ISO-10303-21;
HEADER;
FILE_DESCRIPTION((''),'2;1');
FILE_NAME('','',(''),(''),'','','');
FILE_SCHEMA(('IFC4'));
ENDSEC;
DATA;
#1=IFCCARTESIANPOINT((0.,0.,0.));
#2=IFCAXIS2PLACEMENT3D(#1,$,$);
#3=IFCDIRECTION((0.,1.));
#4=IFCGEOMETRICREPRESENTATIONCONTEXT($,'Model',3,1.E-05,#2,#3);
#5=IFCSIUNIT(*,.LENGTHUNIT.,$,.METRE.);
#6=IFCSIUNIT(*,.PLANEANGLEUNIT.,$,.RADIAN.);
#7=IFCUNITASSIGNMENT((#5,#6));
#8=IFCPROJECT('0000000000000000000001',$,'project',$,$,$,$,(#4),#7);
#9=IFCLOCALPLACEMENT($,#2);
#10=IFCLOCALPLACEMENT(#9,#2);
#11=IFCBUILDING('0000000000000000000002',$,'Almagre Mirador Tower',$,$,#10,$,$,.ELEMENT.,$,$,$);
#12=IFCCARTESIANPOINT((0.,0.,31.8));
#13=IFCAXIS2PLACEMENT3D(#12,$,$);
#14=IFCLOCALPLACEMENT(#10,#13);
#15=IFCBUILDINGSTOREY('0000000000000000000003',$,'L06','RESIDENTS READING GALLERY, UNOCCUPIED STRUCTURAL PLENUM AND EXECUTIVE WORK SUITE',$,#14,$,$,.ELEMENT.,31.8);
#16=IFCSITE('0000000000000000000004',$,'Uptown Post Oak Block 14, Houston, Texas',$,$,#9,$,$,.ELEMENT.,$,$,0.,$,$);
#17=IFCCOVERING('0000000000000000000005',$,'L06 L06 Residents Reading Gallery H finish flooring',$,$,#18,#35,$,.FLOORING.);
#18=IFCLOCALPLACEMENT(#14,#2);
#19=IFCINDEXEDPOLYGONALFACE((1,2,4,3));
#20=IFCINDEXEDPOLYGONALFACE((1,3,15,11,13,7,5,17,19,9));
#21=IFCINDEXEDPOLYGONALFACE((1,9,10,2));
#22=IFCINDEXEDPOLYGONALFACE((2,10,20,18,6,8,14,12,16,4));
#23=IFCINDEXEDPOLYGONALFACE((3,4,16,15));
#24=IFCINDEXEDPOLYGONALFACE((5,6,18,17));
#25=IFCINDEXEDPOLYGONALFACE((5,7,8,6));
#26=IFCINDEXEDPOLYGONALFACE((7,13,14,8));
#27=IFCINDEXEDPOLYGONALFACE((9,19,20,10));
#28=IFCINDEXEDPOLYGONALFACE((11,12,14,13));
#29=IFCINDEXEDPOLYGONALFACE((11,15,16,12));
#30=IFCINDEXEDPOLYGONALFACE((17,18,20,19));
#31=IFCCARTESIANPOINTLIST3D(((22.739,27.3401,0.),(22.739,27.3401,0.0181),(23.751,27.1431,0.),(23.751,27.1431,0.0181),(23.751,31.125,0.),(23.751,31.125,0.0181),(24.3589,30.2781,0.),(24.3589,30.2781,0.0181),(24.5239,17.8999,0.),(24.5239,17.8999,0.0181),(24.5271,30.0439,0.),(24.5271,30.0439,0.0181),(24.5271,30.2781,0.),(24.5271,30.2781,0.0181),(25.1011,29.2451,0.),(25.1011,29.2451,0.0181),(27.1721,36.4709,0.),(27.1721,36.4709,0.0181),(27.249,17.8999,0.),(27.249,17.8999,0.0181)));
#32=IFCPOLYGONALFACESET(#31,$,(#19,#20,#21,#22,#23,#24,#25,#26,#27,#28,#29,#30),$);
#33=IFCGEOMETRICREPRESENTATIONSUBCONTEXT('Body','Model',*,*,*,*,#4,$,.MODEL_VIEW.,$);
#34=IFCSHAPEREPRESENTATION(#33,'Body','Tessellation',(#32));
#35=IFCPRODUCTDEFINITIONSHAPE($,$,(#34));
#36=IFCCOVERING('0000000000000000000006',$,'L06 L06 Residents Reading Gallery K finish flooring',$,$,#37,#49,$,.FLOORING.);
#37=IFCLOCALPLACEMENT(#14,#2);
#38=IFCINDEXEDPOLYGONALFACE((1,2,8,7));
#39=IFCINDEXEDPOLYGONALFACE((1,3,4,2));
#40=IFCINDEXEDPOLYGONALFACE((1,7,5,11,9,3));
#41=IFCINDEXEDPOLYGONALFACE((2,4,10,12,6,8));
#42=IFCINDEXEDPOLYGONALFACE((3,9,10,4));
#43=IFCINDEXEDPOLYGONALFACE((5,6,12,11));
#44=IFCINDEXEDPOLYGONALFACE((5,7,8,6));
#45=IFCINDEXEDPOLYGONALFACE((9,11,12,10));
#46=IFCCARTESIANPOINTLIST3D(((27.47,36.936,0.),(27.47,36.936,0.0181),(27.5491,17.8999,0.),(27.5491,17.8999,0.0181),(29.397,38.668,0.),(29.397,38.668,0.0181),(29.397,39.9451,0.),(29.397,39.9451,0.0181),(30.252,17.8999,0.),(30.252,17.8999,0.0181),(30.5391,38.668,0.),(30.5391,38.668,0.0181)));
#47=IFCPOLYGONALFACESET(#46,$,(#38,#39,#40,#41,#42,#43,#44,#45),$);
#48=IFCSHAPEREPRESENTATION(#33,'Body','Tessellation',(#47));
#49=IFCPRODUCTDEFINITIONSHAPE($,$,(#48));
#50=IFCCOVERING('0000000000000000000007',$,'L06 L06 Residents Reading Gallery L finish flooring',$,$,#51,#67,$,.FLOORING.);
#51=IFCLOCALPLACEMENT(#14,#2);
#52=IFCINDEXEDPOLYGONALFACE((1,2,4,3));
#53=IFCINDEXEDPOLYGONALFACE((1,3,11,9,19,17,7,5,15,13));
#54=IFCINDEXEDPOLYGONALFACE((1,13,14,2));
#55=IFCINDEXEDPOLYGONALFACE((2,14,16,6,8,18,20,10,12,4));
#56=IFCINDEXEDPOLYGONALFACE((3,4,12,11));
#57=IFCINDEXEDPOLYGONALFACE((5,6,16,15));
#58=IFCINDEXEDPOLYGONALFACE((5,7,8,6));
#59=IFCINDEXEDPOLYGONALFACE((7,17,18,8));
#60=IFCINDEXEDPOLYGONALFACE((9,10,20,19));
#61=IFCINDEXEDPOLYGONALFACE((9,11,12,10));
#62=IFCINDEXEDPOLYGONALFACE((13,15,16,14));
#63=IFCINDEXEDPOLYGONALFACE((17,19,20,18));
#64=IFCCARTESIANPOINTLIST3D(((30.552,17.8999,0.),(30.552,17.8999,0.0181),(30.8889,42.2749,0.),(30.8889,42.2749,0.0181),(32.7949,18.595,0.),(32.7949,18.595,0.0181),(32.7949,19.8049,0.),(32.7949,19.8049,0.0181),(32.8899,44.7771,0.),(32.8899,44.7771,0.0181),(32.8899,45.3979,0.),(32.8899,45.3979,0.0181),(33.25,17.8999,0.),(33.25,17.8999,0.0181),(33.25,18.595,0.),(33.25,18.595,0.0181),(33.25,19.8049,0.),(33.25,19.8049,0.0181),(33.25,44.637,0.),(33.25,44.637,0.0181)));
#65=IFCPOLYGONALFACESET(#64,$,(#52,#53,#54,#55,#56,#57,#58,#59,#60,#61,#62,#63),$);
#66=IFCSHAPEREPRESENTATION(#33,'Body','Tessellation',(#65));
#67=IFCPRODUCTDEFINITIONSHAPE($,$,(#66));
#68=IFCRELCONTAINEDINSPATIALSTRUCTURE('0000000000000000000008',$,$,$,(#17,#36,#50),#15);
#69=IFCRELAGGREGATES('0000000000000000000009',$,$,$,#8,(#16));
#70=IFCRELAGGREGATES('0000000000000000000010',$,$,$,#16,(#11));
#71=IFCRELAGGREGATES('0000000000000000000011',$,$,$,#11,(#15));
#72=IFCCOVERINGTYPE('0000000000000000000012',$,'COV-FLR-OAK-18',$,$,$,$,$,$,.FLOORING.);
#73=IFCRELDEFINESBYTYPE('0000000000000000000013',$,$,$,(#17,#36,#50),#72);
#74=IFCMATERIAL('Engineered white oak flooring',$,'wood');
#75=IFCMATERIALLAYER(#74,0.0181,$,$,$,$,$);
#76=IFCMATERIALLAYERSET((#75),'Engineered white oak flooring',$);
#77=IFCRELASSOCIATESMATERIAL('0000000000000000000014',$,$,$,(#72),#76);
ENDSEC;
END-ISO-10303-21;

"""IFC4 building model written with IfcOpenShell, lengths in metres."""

from ifc_helpers import new_model, si_unit, direction, frame, origin, place, context, subcontext, project, spatial, polyline, outline, extrude, material, layer, layer_set, type_object, element, save


model = new_model("IFC4")

# Units and contexts
model_context = context("Model", 3, precision=1e-05, world=origin(), true_north=direction((0.0, 1.0)))
body_context = subcontext(model_context, "Body", "Model", "MODEL_VIEW")
ifc_project = project(units=[si_unit("LENGTHUNIT", "METRE"), si_unit("PLANEANGLEUNIT", "RADIAN")], contexts=[model_context])

# Site, building, storey
site_placement = place(None, origin())
site = spatial("IfcSite", under=ifc_project, at=site_placement, Name="Uptown Post Oak Block 14, Houston, Texas", CompositionType="ELEMENT", RefElevation=0.0)
building_placement = place(site_placement, origin())
building = spatial("IfcBuilding", under=site, at=building_placement, Name="Almagre Mirador Tower", CompositionType="ELEMENT")
storey_placement = place(building_placement, frame((0.0, 0.0, 31.8)))
storey = spatial("IfcBuildingStorey", under=building, at=storey_placement, Name="L06", Description="RESIDENTS READING GALLERY, UNOCCUPIED STRUCTURAL PLENUM AND EXECUTIVE WORK SUITE", CompositionType="ELEMENT", Elevation=31.8)

# Coverings
ifc_material_1 = material(Name="Engineered white oak flooring", Category="wood")
ifc_layer_1 = layer(ifc_material_1, 0.0181)
ifc_layer_set_1 = layer_set([ifc_layer_1], Name="Engineered white oak flooring")
covering_type = type_object("IfcCoveringType", Name="COV-FLR-OAK-18", PredefinedType="FLOORING", material=ifc_layer_set_1)
covering_1_placement = place(storey_placement, origin())
element("IfcCovering", 1, at=covering_1_placement, inside=storey, type_object=covering_type, Name="L06 L06 Residents Reading Gallery H finish flooring", PredefinedType="FLOORING", context=body_context, shape_type="SweptSolid", body=[
    extrude(outline(polyline([(24.5239, 17.8999), (22.739, 27.3401), (23.751, 27.1431), (25.1011, 29.2451), (24.5271, 30.0439), (24.5271, 30.2781), (24.3589, 30.2781), (23.751, 31.125), (27.1721, 36.4709), (27.249, 17.8999), (24.5239, 17.8999)])), origin(), (0.0, 0.0, 1.0), 0.0181),
])
covering_2_placement = place(storey_placement, origin())
element("IfcCovering", 2, at=covering_2_placement, inside=storey, type_object=covering_type, Name="L06 L06 Residents Reading Gallery K finish flooring", PredefinedType="FLOORING", context=body_context, shape_type="SweptSolid", body=[
    extrude(outline(polyline([(27.47, 36.936), (29.397, 39.9451), (29.397, 38.668), (30.5391, 38.668), (30.252, 17.8999), (27.5491, 17.8999), (27.47, 36.936)])), origin(), (0.0, 0.0, 1.0), 0.0181),
])
covering_3_placement = place(storey_placement, origin())
element("IfcCovering", 3, at=covering_3_placement, inside=storey, type_object=covering_type, Name="L06 L06 Residents Reading Gallery L finish flooring", PredefinedType="FLOORING", context=body_context, shape_type="SweptSolid", body=[
    extrude(outline(polyline([(33.25, 44.637), (33.25, 19.8049), (32.7949, 19.8049), (32.7949, 18.595), (33.25, 18.595), (33.25, 17.8999), (30.552, 17.8999), (30.8889, 42.2749), (32.8899, 45.3979), (32.8899, 44.7771), (33.25, 44.637)])), origin(), (0.0, 0.0, 1.0), 0.0181),
])

save(model, "model.ifc")
